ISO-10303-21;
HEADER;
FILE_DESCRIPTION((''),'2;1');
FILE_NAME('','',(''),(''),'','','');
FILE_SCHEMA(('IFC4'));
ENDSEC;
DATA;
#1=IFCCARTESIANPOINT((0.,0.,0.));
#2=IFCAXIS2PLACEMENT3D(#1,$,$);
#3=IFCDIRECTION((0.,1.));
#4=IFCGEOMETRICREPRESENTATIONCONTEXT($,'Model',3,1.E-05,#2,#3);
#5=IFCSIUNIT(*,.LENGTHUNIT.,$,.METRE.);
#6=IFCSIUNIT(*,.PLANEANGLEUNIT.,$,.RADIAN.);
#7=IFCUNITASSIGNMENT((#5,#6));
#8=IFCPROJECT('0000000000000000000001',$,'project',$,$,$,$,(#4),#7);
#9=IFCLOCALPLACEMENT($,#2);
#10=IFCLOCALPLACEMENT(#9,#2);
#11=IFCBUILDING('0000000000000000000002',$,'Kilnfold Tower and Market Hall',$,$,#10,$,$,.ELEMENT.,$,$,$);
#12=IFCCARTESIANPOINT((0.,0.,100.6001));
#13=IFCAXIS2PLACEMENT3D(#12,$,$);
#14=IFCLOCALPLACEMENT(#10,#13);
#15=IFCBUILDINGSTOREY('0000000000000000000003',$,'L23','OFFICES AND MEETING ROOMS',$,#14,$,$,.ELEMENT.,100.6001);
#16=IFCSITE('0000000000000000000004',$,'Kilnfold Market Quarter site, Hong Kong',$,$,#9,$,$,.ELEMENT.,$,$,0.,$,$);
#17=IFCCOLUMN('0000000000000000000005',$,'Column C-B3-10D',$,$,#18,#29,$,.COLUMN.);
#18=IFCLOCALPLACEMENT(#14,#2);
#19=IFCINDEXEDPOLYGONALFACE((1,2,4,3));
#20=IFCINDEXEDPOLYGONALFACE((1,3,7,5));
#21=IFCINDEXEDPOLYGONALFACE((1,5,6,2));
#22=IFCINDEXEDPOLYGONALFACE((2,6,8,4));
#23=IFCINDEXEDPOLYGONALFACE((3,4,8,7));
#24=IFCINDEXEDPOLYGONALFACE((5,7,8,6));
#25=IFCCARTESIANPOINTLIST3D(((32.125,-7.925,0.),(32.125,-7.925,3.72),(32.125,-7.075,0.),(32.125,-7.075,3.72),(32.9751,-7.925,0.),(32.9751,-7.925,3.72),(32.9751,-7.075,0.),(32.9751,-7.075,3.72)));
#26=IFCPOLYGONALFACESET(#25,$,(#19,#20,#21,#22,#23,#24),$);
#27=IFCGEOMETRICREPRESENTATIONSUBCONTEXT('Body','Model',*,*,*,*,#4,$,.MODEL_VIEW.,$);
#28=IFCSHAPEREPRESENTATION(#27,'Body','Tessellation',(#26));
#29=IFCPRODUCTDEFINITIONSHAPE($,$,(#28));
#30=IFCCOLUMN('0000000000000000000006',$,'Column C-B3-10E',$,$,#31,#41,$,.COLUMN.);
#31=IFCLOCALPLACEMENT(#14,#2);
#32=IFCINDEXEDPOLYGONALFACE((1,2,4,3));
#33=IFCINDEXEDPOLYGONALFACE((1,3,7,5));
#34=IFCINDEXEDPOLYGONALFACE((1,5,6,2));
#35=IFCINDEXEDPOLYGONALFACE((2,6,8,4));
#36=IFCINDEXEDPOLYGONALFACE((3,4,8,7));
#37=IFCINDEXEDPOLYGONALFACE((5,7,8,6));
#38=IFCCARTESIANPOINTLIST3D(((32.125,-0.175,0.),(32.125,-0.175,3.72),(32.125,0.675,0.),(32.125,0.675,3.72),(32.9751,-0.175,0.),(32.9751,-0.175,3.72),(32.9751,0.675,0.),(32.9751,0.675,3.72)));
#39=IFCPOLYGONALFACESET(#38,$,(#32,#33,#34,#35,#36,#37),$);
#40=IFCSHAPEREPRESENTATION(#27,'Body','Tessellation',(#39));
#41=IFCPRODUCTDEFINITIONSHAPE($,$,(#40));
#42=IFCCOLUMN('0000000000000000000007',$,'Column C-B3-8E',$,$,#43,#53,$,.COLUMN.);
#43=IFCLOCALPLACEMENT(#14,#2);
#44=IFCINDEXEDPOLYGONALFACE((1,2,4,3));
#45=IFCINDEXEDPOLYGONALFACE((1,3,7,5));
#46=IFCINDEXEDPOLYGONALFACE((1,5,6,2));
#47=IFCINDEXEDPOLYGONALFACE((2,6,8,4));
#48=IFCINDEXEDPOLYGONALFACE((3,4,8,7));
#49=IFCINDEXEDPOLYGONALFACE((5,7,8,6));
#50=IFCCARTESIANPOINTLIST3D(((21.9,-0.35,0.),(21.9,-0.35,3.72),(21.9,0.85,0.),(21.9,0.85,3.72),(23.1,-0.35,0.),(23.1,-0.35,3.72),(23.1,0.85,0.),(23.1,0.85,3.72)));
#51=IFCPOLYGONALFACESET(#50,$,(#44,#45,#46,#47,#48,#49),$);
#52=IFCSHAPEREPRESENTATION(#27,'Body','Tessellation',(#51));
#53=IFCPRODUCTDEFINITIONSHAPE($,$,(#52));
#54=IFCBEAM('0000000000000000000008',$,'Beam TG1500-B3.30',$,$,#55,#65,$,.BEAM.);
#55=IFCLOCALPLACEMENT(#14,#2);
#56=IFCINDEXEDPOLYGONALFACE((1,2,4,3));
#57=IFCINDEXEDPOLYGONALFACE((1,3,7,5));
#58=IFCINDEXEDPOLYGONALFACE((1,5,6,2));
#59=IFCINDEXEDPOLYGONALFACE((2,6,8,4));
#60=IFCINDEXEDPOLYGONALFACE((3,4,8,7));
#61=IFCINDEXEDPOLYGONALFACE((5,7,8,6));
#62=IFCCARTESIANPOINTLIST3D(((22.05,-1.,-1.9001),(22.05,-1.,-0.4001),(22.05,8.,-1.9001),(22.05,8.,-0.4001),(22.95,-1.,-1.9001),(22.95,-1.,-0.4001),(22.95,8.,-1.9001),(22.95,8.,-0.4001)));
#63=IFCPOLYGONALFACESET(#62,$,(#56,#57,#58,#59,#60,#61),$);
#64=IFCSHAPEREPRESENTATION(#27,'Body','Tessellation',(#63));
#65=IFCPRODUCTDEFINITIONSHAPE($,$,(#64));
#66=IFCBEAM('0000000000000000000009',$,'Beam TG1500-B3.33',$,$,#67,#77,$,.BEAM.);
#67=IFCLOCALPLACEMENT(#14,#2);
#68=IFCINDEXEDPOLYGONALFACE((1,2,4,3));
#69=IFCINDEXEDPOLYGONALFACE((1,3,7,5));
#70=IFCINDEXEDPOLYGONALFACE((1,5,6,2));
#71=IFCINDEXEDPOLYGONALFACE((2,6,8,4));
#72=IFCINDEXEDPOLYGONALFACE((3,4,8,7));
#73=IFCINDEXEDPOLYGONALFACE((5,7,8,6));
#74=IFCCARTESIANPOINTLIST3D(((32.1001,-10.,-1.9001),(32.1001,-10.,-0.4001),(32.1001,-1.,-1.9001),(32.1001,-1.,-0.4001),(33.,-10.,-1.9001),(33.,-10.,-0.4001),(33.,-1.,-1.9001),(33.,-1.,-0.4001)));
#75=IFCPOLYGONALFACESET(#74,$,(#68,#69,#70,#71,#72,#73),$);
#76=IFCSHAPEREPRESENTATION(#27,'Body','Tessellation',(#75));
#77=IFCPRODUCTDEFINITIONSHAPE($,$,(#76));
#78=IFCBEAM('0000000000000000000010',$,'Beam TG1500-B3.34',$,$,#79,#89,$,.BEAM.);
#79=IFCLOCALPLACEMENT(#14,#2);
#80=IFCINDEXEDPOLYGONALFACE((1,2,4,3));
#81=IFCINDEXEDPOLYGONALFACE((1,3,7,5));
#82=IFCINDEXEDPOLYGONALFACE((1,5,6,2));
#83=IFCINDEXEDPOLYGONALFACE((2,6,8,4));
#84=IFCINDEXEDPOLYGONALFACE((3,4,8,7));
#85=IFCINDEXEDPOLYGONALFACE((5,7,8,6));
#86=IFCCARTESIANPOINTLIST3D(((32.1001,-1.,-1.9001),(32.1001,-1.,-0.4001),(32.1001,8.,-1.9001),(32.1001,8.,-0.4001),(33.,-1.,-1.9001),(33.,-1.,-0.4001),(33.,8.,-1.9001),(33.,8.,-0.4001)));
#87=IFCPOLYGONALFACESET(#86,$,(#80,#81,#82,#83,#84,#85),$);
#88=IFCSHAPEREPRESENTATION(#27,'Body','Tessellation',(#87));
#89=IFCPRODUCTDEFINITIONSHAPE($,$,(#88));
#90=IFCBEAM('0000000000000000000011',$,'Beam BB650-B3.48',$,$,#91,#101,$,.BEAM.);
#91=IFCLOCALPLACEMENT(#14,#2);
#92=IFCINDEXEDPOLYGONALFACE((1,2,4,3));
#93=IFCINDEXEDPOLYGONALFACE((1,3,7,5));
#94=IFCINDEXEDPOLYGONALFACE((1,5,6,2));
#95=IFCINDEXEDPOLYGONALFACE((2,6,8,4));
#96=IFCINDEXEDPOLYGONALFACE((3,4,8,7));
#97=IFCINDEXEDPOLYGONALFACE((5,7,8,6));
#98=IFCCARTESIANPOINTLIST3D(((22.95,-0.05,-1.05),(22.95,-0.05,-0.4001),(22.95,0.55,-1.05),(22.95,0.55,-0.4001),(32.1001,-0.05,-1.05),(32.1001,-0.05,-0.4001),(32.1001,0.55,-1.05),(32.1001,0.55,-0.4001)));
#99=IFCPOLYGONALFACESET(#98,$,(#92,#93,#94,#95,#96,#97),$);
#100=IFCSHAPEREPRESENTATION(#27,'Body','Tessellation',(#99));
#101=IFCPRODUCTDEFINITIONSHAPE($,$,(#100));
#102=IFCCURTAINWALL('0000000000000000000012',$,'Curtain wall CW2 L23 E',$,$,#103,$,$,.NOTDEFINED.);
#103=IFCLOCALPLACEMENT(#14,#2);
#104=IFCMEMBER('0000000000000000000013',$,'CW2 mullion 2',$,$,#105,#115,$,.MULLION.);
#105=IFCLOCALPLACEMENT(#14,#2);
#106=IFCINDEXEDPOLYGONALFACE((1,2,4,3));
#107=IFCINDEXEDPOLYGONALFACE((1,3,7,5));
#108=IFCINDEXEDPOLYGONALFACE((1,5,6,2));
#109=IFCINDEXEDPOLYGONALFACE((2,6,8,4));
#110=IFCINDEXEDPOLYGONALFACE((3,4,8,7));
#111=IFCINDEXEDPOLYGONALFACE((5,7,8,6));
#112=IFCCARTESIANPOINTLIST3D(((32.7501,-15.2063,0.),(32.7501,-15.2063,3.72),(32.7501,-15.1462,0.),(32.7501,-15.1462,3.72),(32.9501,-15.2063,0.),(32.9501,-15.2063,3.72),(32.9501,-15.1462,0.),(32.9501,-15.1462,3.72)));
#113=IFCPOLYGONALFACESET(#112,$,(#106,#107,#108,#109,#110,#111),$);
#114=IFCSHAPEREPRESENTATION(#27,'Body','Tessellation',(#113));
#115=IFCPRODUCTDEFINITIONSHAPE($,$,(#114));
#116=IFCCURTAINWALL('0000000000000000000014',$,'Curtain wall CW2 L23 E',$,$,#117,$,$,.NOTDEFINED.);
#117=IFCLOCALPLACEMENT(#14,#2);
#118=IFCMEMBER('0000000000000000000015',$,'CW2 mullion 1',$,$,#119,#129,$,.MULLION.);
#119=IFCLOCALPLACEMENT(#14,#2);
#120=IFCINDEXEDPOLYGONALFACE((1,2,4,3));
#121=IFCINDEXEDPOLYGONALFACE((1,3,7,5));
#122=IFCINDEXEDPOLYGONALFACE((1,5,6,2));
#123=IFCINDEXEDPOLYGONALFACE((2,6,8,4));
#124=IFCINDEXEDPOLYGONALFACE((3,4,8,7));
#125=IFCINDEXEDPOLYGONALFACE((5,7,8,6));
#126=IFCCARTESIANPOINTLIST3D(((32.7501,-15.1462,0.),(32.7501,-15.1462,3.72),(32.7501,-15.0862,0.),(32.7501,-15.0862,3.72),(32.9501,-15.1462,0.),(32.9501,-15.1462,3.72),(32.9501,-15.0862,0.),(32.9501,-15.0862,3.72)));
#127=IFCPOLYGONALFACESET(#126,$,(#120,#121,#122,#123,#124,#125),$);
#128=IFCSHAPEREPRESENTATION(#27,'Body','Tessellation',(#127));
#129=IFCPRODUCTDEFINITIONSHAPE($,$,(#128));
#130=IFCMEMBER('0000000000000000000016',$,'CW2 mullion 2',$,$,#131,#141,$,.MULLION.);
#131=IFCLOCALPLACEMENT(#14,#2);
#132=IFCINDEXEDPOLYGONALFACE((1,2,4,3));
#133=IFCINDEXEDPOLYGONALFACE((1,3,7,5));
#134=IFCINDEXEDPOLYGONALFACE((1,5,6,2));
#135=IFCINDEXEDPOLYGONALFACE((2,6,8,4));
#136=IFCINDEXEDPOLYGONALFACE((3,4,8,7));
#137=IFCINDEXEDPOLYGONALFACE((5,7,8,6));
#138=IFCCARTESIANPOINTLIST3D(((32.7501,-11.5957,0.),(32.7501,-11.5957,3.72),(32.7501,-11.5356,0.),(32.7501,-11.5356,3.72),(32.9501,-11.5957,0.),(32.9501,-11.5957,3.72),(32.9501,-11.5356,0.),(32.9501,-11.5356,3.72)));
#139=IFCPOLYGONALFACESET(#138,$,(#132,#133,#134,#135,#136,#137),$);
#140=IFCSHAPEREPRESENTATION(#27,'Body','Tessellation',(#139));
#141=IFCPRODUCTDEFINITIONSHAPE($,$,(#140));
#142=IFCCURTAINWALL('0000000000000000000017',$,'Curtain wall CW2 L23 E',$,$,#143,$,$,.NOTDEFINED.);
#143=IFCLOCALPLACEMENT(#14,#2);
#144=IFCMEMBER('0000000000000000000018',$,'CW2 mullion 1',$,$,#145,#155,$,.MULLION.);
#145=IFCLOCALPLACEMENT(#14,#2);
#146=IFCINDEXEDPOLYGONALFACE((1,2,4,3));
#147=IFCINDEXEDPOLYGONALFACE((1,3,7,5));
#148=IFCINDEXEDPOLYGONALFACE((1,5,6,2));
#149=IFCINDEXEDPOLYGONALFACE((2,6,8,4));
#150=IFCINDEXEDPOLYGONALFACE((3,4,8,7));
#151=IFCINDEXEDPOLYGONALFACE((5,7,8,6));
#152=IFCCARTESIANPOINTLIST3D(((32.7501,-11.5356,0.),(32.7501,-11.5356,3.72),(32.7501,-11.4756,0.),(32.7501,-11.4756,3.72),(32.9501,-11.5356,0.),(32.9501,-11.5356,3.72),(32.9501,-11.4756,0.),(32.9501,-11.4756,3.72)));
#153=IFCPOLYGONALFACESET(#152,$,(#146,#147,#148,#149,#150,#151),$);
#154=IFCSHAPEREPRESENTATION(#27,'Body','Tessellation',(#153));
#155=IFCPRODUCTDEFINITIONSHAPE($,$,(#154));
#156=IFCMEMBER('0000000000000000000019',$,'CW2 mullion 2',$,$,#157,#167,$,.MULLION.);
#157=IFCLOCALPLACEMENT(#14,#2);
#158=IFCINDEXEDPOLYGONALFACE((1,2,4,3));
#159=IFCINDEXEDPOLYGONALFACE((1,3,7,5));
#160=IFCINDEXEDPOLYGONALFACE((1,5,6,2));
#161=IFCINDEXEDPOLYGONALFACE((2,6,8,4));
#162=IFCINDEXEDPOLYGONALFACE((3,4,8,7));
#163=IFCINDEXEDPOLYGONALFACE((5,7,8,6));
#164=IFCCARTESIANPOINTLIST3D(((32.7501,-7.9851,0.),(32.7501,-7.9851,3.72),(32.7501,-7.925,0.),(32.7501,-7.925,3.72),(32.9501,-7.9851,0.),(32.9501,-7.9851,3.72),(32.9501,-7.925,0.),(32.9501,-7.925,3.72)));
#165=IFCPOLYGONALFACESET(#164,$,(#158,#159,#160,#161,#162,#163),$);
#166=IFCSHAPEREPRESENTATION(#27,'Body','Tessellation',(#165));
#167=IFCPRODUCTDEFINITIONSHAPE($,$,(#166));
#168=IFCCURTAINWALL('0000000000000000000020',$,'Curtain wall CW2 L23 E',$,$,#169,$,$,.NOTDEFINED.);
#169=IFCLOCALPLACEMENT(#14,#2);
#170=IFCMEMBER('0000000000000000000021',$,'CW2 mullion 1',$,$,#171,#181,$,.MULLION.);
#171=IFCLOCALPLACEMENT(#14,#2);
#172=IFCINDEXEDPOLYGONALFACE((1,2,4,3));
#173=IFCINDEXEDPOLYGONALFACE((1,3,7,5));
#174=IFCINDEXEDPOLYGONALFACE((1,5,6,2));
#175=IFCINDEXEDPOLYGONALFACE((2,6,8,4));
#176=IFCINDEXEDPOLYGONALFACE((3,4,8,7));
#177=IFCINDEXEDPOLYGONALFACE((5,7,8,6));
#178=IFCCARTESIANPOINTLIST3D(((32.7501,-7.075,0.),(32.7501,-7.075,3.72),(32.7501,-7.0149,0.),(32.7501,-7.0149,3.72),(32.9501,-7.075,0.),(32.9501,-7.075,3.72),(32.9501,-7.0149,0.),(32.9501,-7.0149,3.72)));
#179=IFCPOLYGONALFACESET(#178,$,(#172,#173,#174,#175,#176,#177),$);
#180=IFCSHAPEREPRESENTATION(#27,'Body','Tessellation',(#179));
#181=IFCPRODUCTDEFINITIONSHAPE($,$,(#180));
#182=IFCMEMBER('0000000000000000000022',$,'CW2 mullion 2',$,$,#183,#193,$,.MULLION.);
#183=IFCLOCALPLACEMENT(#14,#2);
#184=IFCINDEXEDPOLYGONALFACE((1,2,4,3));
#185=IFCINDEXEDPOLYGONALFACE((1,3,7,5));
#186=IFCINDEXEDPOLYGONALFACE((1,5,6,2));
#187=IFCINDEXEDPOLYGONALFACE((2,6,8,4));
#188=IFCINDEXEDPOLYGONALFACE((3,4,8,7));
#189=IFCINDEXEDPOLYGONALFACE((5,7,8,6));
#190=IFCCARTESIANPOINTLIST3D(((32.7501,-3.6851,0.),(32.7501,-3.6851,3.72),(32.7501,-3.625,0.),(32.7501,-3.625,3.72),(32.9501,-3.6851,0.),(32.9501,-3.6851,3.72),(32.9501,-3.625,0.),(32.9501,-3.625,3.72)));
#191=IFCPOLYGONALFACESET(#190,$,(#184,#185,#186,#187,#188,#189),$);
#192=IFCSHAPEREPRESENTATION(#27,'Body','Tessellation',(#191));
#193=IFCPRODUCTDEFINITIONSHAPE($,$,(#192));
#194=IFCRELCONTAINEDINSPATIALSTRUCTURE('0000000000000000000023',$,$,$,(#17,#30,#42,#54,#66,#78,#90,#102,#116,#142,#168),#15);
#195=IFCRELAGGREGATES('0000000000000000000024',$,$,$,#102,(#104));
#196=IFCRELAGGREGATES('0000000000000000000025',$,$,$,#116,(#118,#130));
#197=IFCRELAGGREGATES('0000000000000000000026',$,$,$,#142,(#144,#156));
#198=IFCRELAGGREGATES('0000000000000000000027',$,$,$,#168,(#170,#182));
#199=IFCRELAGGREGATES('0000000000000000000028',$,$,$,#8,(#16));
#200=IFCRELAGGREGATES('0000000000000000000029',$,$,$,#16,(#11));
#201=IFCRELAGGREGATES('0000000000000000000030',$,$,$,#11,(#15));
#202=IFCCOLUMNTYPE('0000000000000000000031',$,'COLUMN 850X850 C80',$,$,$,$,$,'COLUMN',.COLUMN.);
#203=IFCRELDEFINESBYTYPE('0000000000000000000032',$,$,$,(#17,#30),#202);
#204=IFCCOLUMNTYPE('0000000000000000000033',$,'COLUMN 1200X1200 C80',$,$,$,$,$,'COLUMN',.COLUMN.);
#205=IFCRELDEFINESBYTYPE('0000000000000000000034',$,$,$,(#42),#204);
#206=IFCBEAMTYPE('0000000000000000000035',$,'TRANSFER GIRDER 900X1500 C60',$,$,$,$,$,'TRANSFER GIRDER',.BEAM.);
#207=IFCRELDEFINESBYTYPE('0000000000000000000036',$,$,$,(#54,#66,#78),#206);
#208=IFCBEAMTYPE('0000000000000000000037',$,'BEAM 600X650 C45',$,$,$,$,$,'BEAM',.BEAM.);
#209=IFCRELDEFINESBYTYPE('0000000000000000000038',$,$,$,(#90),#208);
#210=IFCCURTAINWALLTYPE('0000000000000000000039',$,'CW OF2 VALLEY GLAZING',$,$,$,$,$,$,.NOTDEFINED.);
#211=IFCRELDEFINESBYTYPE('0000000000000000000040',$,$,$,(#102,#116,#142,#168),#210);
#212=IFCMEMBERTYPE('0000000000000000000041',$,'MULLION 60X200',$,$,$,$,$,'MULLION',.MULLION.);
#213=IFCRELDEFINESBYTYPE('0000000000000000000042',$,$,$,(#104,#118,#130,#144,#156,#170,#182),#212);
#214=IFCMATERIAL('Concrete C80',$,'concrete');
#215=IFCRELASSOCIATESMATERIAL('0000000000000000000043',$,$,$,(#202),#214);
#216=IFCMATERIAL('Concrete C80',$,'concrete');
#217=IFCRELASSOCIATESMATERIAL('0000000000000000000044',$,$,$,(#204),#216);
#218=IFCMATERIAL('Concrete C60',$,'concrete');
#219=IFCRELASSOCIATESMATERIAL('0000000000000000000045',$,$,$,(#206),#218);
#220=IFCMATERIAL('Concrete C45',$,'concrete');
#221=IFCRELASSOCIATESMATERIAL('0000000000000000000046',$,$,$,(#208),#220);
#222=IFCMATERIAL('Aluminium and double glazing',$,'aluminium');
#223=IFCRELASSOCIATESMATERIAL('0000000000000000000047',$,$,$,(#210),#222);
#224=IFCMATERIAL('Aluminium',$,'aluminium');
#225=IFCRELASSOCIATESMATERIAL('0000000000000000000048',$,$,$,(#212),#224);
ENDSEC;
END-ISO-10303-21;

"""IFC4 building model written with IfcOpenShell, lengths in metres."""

from ifc_helpers import new_model, si_unit, direction, frame, origin, origin_2d, place, context, subcontext, project, spatial, rectangle, extrude, source, transform, mapped, material, material_profile, profile_set, type_object, element, aggregate, save


model = new_model("IFC4")

# Units and contexts
model_context = context("Model", 3, precision=1e-05, world=origin(), true_north=direction((0.0, 1.0)))
body_context = subcontext(model_context, "Body", "Model", "MODEL_VIEW")
ifc_project = project(units=[si_unit("LENGTHUNIT", "METRE"), si_unit("PLANEANGLEUNIT", "RADIAN")], contexts=[model_context])

# Site, building, storey
site_placement = place(None, origin())
site = spatial("IfcSite", under=ifc_project, at=site_placement, Name="Kilnfold Market Quarter site, Hong Kong", CompositionType="ELEMENT", RefElevation=0.0)
building_placement = place(site_placement, origin())
building = spatial("IfcBuilding", under=site, at=building_placement, Name="Kilnfold Tower and Market Hall", CompositionType="ELEMENT")
storey_placement = place(building_placement, frame((0.0, 0.0, 100.6001)))
storey = spatial("IfcBuildingStorey", under=building, at=storey_placement, Name="L23", Description="OFFICES AND MEETING ROOMS", CompositionType="ELEMENT", Elevation=100.6001)

# Columns
ifc_material_1 = material(Name="Concrete C80", Category="concrete")
ifc_material_profile_1 = material_profile(ifc_material_1, rectangle(XDim=0.8501, YDim=0.8501, at=origin_2d()), Name="RC 850x850")
ifc_profile_set_1 = profile_set([ifc_material_profile_1], Name="Concrete C80")
column_type_1 = type_object("IfcColumnType", Name="COLUMN 850X850 C80", ElementType="COLUMN", PredefinedType="COLUMN", material=ifc_profile_set_1)
shared_shape_1 = source(origin(), body_context, "Body", "SweptSolid", [
    extrude(rectangle(XDim=0.8501, YDim=0.8501, at=origin_2d()), origin(), (0.0, 0.0, 1.0), 3.72),
])
for number, where, z_axis, x_axis, name in (
    (1, (32.55, -7.5, 0.0), (0.0, 0.0, 1.0), (1.0, 0.0, 0.0), "Column C-B3-10D"),
    (2, (32.55, 0.25, 0.0), (0.0, 0.0, 1.0), (1.0, 0.0, 0.0), "Column C-B3-10E"),
):
    element("IfcColumn", number, at=place(storey_placement, frame(where, z_axis=z_axis, x_axis=x_axis)), inside=storey, type_object=column_type_1, Name=name, PredefinedType="COLUMN", context=body_context, shape_type="MappedRepresentation", body=[
        mapped(shared_shape_1, transform((0.0, 0.0, 0.0))),
    ])
ifc_material_2 = material(Name="Concrete C80", Category="concrete")
ifc_material_profile_2 = material_profile(ifc_material_2, rectangle(XDim=1.2, YDim=1.2, at=origin_2d()), Name="RC 1200x1200")
ifc_profile_set_2 = profile_set([ifc_material_profile_2], Name="Concrete C80")
column_type_2 = type_object("IfcColumnType", Name="COLUMN 1200X1200 C80", ElementType="COLUMN", PredefinedType="COLUMN", material=ifc_profile_set_2)
shared_shape_2 = source(origin(), body_context, "Body", "SweptSolid", [
    extrude(rectangle(XDim=1.2, YDim=1.2, at=origin_2d()), origin(), (0.0, 0.0, 1.0), 3.72),
])
column_placement = place(storey_placement, frame((22.5, 0.25, 0.0), z_axis=(0.0, 0.0, 1.0), x_axis=(1.0, 0.0, 0.0)))
element("IfcColumn", 3, at=column_placement, inside=storey, type_object=column_type_2, Name="Column C-B3-8E", PredefinedType="COLUMN", context=body_context, shape_type="MappedRepresentation", body=[
    mapped(shared_shape_2, transform((0.0, 0.0, 0.0))),
])

# Beams
ifc_material_3 = material(Name="Concrete C60", Category="concrete")
ifc_material_profile_3 = material_profile(ifc_material_3, rectangle(XDim=0.8999, YDim=1.5, at=origin_2d()), Name="RC 900x1500")
ifc_profile_set_3 = profile_set([ifc_material_profile_3], Name="Concrete C60")
beam_type_1 = type_object("IfcBeamType", Name="TRANSFER GIRDER 900X1500 C60", ElementType="TRANSFER GIRDER", PredefinedType="BEAM", material=ifc_profile_set_3)
shared_shape_3 = source(origin(), body_context, "Body", "SweptSolid", [
    extrude(rectangle(XDim=0.8999, YDim=1.5, at=origin_2d()), origin(), (0.0, 0.0, 1.0), 9.0),
])
for number, where, z_axis, x_axis, name in (
    (4, (22.5, -1.0, -1.1501), (0.0, 1.0, 0.0), (-1.0, 0.0, 0.0), "Beam TG1500-B3.30"),
    (5, (32.55, -10.0, -1.1501), (0.0, 1.0, 0.0), (-1.0, 0.0, 0.0), "Beam TG1500-B3.33"),
    (6, (32.55, -1.0, -1.1501), (0.0, 1.0, 0.0), (-1.0, 0.0, 0.0), "Beam TG1500-B3.34"),
):
    element("IfcBeam", number, at=place(storey_placement, frame(where, z_axis=z_axis, x_axis=x_axis)), inside=storey, type_object=beam_type_1, Name=name, PredefinedType="BEAM", context=body_context, shape_type="MappedRepresentation", body=[
        mapped(shared_shape_3, transform((0.0, 0.0, 0.0))),
    ])
ifc_material_4 = material(Name="Concrete C45", Category="concrete")
ifc_material_profile_4 = material_profile(ifc_material_4, rectangle(XDim=0.6001, YDim=0.6499, at=origin_2d()), Name="RC 600x650")
ifc_profile_set_4 = profile_set([ifc_material_profile_4], Name="Concrete C45")
beam_type_2 = type_object("IfcBeamType", Name="BEAM 600X650 C45", ElementType="BEAM", PredefinedType="BEAM", material=ifc_profile_set_4)
shared_shape_4 = source(origin(), body_context, "Body", "SweptSolid", [
    extrude(rectangle(XDim=0.6001, YDim=0.6499, at=origin_2d()), origin(), (0.0, 0.0, 1.0), 9.1501),
])
beam_placement = place(storey_placement, frame((22.95, 0.25, -0.7251), z_axis=(1.0, 0.0, 0.0), x_axis=(0.0, 1.0, 0.0)))
element("IfcBeam", 7, at=beam_placement, inside=storey, type_object=beam_type_2, Name="Beam BB650-B3.48", PredefinedType="BEAM", context=body_context, shape_type="MappedRepresentation", body=[
    mapped(shared_shape_4, transform((0.0, 0.0, 0.0))),
])

# Curtain wall, member
ifc_material_5 = material(Name="Aluminium and double glazing", Category="aluminium")
curtain_wall_type = type_object("IfcCurtainWallType", Name="CW OF2 VALLEY GLAZING", PredefinedType="NOTDEFINED", material=ifc_material_5)
curtain_wall_1_placement = place(storey_placement, origin())
curtain_wall_1 = element("IfcCurtainWall", 8, at=curtain_wall_1_placement, inside=storey, type_object=curtain_wall_type, Name="Curtain wall CW2 L23 E", PredefinedType="NOTDEFINED")
ifc_material_6 = material(Name="Aluminium", Category="aluminium")
ifc_material_profile_5 = material_profile(ifc_material_6, rectangle(XDim=0.0601, YDim=0.2, at=origin_2d()), Name="MULLION 60x200")
ifc_profile_set_5 = profile_set([ifc_material_profile_5], Name="Aluminium")
member_type_1 = type_object("IfcMemberType", Name="MULLION 60X200", ElementType="MULLION", PredefinedType="MULLION", material=ifc_profile_set_5)
shared_shape_5 = source(origin(), body_context, "Body", "SweptSolid", [
    extrude(rectangle(XDim=0.0601, YDim=0.2, at=origin_2d()), origin(), (0.0, 0.0, 1.0), 3.72),
])
member_1_placement = place(storey_placement, frame((32.8501, -15.1763, 0.0), z_axis=(0.0, 0.0, 1.0), x_axis=(0.0, 1.0, 0.0)))
member_1 = element("IfcMember", 9, at=member_1_placement, type_object=member_type_1, Name="CW2 mullion 2", PredefinedType="MULLION", context=body_context, shape_type="MappedRepresentation", body=[
    mapped(shared_shape_5, transform((0.0, 0.0, 0.0))),
])

# Curtain walls, members
curtain_wall_2_placement = place(storey_placement, origin())
curtain_wall_2 = element("IfcCurtainWall", 10, at=curtain_wall_2_placement, inside=storey, type_object=curtain_wall_type, Name="Curtain wall CW2 L23 E", PredefinedType="NOTDEFINED")
member_2_placement = place(storey_placement, frame((32.8501, -15.1162, 0.0), z_axis=(0.0, 0.0, 1.0), x_axis=(0.0, 1.0, 0.0)))
member_2 = element("IfcMember", 11, at=member_2_placement, type_object=member_type_1, Name="CW2 mullion 1", PredefinedType="MULLION", context=body_context, shape_type="MappedRepresentation", body=[
    mapped(shared_shape_5, transform((0.0, 0.0, 0.0))),
])
member_3_placement = place(storey_placement, frame((32.8501, -11.5657, 0.0), z_axis=(0.0, 0.0, 1.0), x_axis=(0.0, 1.0, 0.0)))
member_3 = element("IfcMember", 12, at=member_3_placement, type_object=member_type_1, Name="CW2 mullion 2", PredefinedType="MULLION", context=body_context, shape_type="MappedRepresentation", body=[
    mapped(shared_shape_5, transform((0.0, 0.0, 0.0))),
])
curtain_wall_3_placement = place(storey_placement, origin())
curtain_wall_3 = element("IfcCurtainWall", 13, at=curtain_wall_3_placement, inside=storey, type_object=curtain_wall_type, Name="Curtain wall CW2 L23 E", PredefinedType="NOTDEFINED")
member_4_placement = place(storey_placement, frame((32.8501, -11.5056, 0.0), z_axis=(0.0, 0.0, 1.0), x_axis=(0.0, 1.0, 0.0)))
member_4 = element("IfcMember", 14, at=member_4_placement, type_object=member_type_1, Name="CW2 mullion 1", PredefinedType="MULLION", context=body_context, shape_type="MappedRepresentation", body=[
    mapped(shared_shape_5, transform((0.0, 0.0, 0.0))),
])
member_5_placement = place(storey_placement, frame((32.8501, -7.9551, 0.0), z_axis=(0.0, 0.0, 1.0), x_axis=(0.0, 1.0, 0.0)))
member_5 = element("IfcMember", 15, at=member_5_placement, type_object=member_type_1, Name="CW2 mullion 2", PredefinedType="MULLION", context=body_context, shape_type="MappedRepresentation", body=[
    mapped(shared_shape_5, transform((0.0, 0.0, 0.0))),
])
curtain_wall_4_placement = place(storey_placement, origin())
curtain_wall_4 = element("IfcCurtainWall", 16, at=curtain_wall_4_placement, inside=storey, type_object=curtain_wall_type, Name="Curtain wall CW2 L23 E", PredefinedType="NOTDEFINED")
member_6_placement = place(storey_placement, frame((32.8501, -7.0449, 0.0), z_axis=(0.0, 0.0, 1.0), x_axis=(0.0, 1.0, 0.0)))
member_6 = element("IfcMember", 17, at=member_6_placement, type_object=member_type_1, Name="CW2 mullion 1", PredefinedType="MULLION", context=body_context, shape_type="MappedRepresentation", body=[
    mapped(shared_shape_5, transform((0.0, 0.0, 0.0))),
])
member_7_placement = place(storey_placement, frame((32.8501, -3.655, 0.0), z_axis=(0.0, 0.0, 1.0), x_axis=(0.0, 1.0, 0.0)))
member_7 = element("IfcMember", 18, at=member_7_placement, type_object=member_type_1, Name="CW2 mullion 2", PredefinedType="MULLION", context=body_context, shape_type="MappedRepresentation", body=[
    mapped(shared_shape_5, transform((0.0, 0.0, 0.0))),
])

aggregate(curtain_wall_1, [member_1])
aggregate(curtain_wall_2, [member_2, member_3])
aggregate(curtain_wall_3, [member_4, member_5])
aggregate(curtain_wall_4, [member_6, member_7])

save(model, "model.ifc")
